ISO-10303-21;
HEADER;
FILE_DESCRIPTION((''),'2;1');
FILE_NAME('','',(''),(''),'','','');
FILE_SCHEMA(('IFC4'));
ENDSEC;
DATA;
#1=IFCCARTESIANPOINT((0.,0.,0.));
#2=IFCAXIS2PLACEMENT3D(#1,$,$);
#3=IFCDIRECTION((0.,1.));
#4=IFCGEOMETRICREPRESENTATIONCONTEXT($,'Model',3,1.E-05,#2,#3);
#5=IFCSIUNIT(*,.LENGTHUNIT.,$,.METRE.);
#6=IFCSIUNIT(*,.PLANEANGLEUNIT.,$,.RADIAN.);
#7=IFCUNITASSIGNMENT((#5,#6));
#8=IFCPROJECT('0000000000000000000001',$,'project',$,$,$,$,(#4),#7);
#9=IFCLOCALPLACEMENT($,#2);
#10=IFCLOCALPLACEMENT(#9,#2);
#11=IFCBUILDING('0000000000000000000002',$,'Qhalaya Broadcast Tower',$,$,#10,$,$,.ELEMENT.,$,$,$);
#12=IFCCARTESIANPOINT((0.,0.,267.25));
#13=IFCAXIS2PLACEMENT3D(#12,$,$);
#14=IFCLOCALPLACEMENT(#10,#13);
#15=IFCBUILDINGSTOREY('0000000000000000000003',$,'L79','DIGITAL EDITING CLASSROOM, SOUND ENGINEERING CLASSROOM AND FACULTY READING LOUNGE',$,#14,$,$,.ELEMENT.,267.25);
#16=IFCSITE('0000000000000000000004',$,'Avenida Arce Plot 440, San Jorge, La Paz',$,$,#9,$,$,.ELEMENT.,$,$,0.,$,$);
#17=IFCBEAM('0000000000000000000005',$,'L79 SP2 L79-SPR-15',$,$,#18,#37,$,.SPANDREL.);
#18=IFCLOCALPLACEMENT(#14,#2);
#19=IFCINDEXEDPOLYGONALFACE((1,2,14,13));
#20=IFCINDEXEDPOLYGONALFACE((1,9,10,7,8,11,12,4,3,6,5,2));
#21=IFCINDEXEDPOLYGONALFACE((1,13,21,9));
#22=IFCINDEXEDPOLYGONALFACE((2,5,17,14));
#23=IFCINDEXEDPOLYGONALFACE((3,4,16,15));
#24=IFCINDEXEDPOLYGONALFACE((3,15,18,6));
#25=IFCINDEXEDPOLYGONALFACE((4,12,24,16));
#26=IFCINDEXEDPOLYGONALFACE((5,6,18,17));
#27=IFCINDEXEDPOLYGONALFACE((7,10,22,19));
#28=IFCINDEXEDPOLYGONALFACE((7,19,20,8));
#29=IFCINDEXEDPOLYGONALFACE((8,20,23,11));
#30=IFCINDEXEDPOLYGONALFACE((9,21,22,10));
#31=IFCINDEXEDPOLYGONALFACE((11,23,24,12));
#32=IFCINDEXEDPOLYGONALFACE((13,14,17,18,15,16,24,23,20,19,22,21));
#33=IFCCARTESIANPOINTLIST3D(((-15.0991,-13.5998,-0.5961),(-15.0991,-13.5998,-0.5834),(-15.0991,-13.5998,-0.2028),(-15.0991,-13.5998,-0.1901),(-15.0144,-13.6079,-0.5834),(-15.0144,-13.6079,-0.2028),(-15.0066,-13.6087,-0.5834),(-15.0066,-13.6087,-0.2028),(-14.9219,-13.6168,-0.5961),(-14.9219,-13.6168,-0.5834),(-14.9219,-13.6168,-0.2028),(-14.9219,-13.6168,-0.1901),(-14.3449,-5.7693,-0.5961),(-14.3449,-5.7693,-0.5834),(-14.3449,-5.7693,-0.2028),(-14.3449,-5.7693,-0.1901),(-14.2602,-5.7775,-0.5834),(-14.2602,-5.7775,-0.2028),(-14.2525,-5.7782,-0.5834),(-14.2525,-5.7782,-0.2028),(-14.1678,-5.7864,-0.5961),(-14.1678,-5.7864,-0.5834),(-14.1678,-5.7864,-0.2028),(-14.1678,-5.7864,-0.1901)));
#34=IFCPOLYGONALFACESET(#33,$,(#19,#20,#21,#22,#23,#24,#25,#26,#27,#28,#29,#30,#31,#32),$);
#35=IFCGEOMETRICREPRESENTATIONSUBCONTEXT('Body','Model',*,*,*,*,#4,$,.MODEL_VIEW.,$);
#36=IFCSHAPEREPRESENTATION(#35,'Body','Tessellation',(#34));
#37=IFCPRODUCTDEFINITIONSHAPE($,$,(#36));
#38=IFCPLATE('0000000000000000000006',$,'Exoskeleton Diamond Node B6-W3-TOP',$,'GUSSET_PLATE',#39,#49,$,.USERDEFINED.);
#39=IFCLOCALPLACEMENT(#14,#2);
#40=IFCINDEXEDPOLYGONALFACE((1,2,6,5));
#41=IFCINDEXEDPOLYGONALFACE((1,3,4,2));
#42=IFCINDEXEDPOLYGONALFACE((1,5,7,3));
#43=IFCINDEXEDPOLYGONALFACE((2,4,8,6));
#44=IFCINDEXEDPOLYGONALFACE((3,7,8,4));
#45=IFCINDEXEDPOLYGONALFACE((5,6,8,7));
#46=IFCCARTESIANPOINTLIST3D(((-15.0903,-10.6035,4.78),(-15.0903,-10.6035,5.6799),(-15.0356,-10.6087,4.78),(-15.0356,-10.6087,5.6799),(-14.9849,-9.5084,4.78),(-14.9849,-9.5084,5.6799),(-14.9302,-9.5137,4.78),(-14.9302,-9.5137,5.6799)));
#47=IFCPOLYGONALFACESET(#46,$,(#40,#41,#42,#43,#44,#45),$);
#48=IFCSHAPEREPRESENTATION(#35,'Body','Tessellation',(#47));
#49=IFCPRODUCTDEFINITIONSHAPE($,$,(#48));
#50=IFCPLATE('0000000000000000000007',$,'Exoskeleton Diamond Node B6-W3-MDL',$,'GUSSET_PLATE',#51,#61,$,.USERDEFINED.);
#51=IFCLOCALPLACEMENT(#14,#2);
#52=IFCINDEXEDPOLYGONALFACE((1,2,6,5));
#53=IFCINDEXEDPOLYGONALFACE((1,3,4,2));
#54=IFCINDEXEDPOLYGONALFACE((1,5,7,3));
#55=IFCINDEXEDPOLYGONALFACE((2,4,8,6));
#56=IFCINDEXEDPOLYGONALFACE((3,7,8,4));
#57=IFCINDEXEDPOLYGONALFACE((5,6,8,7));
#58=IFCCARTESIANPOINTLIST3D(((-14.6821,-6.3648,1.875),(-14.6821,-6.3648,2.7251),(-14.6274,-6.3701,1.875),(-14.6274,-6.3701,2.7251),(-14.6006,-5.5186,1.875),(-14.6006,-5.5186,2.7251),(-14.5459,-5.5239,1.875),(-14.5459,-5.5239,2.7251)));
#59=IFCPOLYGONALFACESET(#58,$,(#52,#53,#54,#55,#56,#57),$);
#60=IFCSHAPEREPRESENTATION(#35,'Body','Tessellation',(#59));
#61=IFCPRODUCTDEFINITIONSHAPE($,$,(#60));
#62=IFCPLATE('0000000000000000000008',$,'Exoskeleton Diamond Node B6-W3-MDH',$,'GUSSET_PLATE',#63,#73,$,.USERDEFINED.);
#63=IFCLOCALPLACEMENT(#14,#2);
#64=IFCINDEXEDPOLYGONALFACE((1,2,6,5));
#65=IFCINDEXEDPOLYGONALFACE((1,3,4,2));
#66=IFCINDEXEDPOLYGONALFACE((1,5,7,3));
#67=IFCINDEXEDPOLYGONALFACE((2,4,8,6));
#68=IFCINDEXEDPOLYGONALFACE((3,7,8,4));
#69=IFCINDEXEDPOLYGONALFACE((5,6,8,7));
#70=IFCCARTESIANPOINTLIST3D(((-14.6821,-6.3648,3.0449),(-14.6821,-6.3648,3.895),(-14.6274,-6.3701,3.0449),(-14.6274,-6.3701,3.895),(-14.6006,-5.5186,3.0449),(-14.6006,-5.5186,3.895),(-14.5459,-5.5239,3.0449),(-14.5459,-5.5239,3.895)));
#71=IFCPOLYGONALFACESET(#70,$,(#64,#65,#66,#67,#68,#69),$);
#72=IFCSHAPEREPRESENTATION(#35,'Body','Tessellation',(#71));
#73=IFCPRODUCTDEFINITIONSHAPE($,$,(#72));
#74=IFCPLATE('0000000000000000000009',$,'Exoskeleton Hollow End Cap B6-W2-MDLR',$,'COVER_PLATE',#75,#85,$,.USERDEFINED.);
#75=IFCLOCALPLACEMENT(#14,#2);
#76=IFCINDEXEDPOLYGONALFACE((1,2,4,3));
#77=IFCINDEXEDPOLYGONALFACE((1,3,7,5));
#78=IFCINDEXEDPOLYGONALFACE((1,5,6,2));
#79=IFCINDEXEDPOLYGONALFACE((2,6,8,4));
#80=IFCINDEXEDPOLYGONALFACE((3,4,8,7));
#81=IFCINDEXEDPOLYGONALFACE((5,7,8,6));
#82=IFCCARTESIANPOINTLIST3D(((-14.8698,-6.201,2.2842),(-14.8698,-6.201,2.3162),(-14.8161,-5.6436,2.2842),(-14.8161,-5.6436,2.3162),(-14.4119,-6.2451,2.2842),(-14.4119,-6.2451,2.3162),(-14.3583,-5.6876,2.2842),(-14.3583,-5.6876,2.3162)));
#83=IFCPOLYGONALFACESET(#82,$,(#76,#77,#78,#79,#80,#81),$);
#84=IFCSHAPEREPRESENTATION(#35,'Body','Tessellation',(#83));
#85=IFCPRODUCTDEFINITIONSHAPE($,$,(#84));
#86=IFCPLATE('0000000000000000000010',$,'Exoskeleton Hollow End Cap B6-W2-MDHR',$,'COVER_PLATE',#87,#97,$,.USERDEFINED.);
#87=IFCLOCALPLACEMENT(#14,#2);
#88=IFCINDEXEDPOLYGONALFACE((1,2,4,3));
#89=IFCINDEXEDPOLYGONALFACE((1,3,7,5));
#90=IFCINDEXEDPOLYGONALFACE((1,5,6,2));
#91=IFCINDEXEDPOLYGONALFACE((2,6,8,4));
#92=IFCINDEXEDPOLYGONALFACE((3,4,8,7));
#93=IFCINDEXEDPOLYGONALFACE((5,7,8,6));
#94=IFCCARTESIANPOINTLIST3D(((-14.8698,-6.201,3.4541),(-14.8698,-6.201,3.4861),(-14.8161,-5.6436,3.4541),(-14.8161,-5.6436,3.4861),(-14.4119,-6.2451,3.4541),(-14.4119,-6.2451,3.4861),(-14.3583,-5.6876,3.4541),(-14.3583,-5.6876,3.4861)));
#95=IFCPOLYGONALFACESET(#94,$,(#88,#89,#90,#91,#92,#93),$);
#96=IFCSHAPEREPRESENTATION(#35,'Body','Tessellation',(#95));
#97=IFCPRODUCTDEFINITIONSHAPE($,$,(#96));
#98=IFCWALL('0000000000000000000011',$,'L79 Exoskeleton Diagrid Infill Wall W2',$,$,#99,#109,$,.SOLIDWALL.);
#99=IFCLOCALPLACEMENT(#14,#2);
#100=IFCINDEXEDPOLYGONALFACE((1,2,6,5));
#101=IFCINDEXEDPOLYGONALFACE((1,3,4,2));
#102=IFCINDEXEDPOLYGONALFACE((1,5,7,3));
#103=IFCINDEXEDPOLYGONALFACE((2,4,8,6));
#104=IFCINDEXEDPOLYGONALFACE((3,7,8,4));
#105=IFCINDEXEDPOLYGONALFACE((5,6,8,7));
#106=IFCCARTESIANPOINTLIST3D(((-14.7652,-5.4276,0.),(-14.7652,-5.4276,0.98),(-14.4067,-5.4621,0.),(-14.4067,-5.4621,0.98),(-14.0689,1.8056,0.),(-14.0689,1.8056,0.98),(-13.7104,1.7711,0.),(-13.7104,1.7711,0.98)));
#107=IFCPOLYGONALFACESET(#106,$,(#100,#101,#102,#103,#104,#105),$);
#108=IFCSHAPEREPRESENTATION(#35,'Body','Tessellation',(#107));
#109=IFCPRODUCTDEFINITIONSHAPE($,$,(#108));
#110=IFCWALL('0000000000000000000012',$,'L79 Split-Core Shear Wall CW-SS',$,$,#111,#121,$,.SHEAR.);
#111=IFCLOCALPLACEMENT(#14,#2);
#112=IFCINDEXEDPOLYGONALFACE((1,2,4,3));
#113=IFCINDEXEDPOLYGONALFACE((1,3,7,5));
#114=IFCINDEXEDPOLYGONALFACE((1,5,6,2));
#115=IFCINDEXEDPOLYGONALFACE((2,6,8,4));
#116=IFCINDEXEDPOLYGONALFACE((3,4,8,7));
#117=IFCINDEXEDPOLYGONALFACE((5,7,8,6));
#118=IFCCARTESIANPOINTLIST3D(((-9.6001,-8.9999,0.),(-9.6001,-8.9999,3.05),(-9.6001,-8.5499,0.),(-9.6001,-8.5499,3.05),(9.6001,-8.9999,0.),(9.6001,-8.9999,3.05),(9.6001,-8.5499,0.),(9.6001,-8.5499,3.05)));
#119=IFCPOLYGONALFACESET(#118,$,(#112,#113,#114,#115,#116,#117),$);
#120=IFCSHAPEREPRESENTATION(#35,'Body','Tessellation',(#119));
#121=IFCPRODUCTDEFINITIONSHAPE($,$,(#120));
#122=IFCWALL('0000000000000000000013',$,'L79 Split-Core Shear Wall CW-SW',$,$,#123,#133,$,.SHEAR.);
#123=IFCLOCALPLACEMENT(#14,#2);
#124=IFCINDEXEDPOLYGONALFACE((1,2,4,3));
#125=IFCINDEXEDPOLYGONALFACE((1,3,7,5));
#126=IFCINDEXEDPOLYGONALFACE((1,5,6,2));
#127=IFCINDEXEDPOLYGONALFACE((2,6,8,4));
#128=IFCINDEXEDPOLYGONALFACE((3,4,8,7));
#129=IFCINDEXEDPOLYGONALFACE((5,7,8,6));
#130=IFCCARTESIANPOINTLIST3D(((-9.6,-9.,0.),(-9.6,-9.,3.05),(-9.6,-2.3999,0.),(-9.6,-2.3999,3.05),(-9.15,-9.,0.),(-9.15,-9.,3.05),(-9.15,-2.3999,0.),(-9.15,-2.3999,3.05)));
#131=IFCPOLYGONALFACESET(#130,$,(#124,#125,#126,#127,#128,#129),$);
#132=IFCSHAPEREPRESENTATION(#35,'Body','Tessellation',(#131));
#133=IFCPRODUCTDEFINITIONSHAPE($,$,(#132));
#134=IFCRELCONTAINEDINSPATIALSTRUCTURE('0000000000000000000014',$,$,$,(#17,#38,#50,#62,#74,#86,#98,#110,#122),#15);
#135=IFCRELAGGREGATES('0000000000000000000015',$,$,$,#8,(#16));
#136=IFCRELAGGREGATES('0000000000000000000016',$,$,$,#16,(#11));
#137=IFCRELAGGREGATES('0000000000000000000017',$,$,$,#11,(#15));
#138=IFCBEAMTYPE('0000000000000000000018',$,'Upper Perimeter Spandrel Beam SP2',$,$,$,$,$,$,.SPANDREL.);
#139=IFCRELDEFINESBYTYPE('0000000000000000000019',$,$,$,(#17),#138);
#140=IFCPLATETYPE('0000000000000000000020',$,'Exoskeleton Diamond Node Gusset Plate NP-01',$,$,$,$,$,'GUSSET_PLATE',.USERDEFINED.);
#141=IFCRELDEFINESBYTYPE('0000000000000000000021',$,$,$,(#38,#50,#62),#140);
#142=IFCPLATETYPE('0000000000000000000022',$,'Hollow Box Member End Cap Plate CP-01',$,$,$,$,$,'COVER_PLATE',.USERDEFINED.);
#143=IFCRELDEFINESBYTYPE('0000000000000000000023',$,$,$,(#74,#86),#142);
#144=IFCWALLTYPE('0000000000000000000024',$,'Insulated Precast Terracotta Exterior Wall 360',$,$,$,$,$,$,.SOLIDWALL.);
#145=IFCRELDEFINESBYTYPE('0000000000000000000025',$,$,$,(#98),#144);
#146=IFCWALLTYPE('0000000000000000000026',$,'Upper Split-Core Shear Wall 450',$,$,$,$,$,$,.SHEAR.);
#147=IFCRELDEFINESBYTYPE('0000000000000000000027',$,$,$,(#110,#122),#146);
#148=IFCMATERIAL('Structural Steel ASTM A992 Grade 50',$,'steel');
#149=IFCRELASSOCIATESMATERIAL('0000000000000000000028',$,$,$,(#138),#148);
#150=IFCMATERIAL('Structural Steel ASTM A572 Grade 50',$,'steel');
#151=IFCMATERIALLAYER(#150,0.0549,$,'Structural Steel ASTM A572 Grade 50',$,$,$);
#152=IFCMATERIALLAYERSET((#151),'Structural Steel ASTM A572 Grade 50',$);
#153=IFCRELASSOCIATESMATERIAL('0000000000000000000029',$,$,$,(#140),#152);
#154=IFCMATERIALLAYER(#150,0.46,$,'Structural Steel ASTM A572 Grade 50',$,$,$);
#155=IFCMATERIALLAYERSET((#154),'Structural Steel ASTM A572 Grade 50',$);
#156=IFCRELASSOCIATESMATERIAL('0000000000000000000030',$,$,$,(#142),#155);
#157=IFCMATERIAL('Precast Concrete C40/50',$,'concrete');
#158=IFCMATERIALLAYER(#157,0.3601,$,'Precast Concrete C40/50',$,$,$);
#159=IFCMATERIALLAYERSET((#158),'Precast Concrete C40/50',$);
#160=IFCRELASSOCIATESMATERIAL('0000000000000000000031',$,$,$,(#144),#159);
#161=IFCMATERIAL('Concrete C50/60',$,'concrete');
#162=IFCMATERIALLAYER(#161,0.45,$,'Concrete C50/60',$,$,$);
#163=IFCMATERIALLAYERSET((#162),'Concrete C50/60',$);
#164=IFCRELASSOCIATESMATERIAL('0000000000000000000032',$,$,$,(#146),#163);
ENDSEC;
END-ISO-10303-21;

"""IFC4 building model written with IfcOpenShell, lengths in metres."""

from ifc_helpers import new_model, si_unit, direction, frame, frame_2d, origin, origin_2d, place, context, subcontext, project, spatial, rectangle, i_section, extrude, material, layer, layer_set, material_profile, profile_set, type_object, element, save


model = new_model("IFC4")

# Units and contexts
model_context = context("Model", 3, precision=1e-05, world=origin(), true_north=direction((0.0, 1.0)))
body_context = subcontext(model_context, "Body", "Model", "MODEL_VIEW")
ifc_project = project(units=[si_unit("LENGTHUNIT", "METRE"), si_unit("PLANEANGLEUNIT", "RADIAN")], contexts=[model_context])

# Site, building, storey
site_placement = place(None, origin())
site = spatial("IfcSite", under=ifc_project, at=site_placement, Name="Avenida Arce Plot 440, San Jorge, La Paz", CompositionType="ELEMENT", RefElevation=0.0)
building_placement = place(site_placement, origin())
building = spatial("IfcBuilding", under=site, at=building_placement, Name="Qhalaya Broadcast Tower", CompositionType="ELEMENT")
storey_placement = place(building_placement, frame((0.0, 0.0, 267.25)))
storey = spatial("IfcBuildingStorey", under=building, at=storey_placement, Name="L79", Description="DIGITAL EDITING CLASSROOM, SOUND ENGINEERING CLASSROOM AND FACULTY READING LOUNGE", CompositionType="ELEMENT", Elevation=267.25)

# Shared definitions
ifc_material_1 = material(Name="Concrete C50/60", Category="concrete")
ifc_material_2 = material(Name="Structural Steel ASTM A572 Grade 50", Category="steel")

# Shared definitions
ifc_material_3 = material(Name="Structural Steel ASTM A992 Grade 50", Category="steel")

# Beam
ifc_material_profile_1 = material_profile(ifc_material_3, i_section(OverallWidth=0.178, OverallDepth=0.406, WebThickness=0.0078, FlangeThickness=0.0127, at=origin_2d()), Name="W16X40")
ifc_profile_set_1 = profile_set([ifc_material_profile_1], Name="Structural Steel ASTM A992 Grade 50")
beam_type_1 = type_object("IfcBeamType", Name="Upper Perimeter Spandrel Beam SP2", PredefinedType="SPANDREL", material=ifc_profile_set_1)
beam_1_placement = place(storey_placement, frame((-14.2563, -5.7778, -0.3931), z_axis=(-0.095865, -0.995394, 0.0), x_axis=(0.995394, -0.095865, 0.0)))
element("IfcBeam", 1, at=beam_1_placement, inside=storey, type_object=beam_type_1, Name="L79 SP2 L79-SPR-15", PredefinedType="SPANDREL", context=body_context, shape_type="SweptSolid", body=[
    extrude(i_section(OverallWidth=0.178, OverallDepth=0.406, WebThickness=0.0078, FlangeThickness=0.0127, at=origin_2d()), origin(), (0.0, 0.0, 1.0), 7.8667),
])

# Plates
ifc_layer_1 = layer(ifc_material_2, 0.0549, Name="Structural Steel ASTM A572 Grade 50")
ifc_layer_set_1 = layer_set([ifc_layer_1], Name="Structural Steel ASTM A572 Grade 50")
plate_type_1 = type_object("IfcPlateType", Name="Exoskeleton Diamond Node Gusset Plate NP-01", ElementType="GUSSET_PLATE", PredefinedType="USERDEFINED", material=ifc_layer_set_1)
plate_placement = place(storey_placement, frame((-15.0103, -10.0586, 4.78), z_axis=(0.0, 0.0, 1.0), x_axis=(0.095846, 0.995396, 0.0)))
element("IfcPlate", 2, at=plate_placement, inside=storey, type_object=plate_type_1, Name="Exoskeleton Diamond Node B6-W3-TOP", ObjectType="GUSSET_PLATE", PredefinedType="USERDEFINED", context=body_context, shape_type="SweptSolid", body=[
    extrude(rectangle(XDim=1.1001, YDim=0.0549, at=origin_2d()), origin(), (0.0, 0.0, 1.0), 0.8999),
])
for number, where, z_axis, x_axis, name in (
    (3, (-14.614, -5.9443, 1.875), (0.0, 0.0, 1.0), (0.095846, 0.995396, 0.0), "Exoskeleton Diamond Node B6-W3-MDL"),
    (4, (-14.614, -5.9443, 3.0449), (0.0, 0.0, 1.0), (0.095846, 0.995396, 0.0), "Exoskeleton Diamond Node B6-W3-MDH"),
):
    element("IfcPlate", number, at=place(storey_placement, frame(where, z_axis=z_axis, x_axis=x_axis)), inside=storey, type_object=plate_type_1, Name=name, ObjectType="GUSSET_PLATE", PredefinedType="USERDEFINED", context=body_context, shape_type="SweptSolid", body=[
        extrude(rectangle(XDim=0.8501, YDim=0.0549, at=origin_2d()), origin(), (0.0, 0.0, 1.0), 0.8501),
    ])
ifc_layer_2 = layer(ifc_material_2, 0.46, Name="Structural Steel ASTM A572 Grade 50")
ifc_layer_set_2 = layer_set([ifc_layer_2], Name="Structural Steel ASTM A572 Grade 50")
plate_type_2 = type_object("IfcPlateType", Name="Hollow Box Member End Cap Plate CP-01", ElementType="COVER_PLATE", PredefinedType="USERDEFINED", material=ifc_layer_set_2)
for number, where, z_axis, x_axis, name in (
    (5, (-14.614, -5.9443, 2.2842), (0.0, 0.0, 1.0), (0.095846, 0.995396, 0.0), "Exoskeleton Hollow End Cap B6-W2-MDLR"),
    (6, (-14.614, -5.9443, 3.4541), (0.0, 0.0, 1.0), (0.095846, 0.995396, 0.0), "Exoskeleton Hollow End Cap B6-W2-MDHR"),
):
    element("IfcPlate", number, at=place(storey_placement, frame(where, z_axis=z_axis, x_axis=x_axis)), inside=storey, type_object=plate_type_2, Name=name, ObjectType="COVER_PLATE", PredefinedType="USERDEFINED", context=body_context, shape_type="SweptSolid", body=[
        extrude(rectangle(XDim=0.5601, YDim=0.46, at=origin_2d()), origin(), (0.0, 0.0, 1.0), 0.032),
    ])

# Walls
ifc_material_4 = material(Name="Precast Concrete C40/50", Category="concrete")
ifc_layer_3 = layer(ifc_material_4, 0.3601, Name="Precast Concrete C40/50")
ifc_layer_set_3 = layer_set([ifc_layer_3], Name="Precast Concrete C40/50")
wall_type_1 = type_object("IfcWallType", Name="Insulated Precast Terracotta Exterior Wall 360", PredefinedType="SOLIDWALL", material=ifc_layer_set_3)
wall_1_placement = place(storey_placement, frame((-14.5859, -5.4448, 0.0), z_axis=(0.0, 0.0, 1.0), x_axis=(0.095821, 0.995399, 0.0)))
element("IfcWall", 7, at=wall_1_placement, inside=storey, type_object=wall_type_1, Name="L79 Exoskeleton Diagrid Infill Wall W2", PredefinedType="SOLIDWALL", context=body_context, shape_type="SweptSolid", body=[
    extrude(rectangle(XDim=7.2666, YDim=0.3601, at=frame_2d((3.6333, 0.0))), origin(), (0.0, 0.0, 1.0), 0.98),
])
ifc_layer_4 = layer(ifc_material_1, 0.45, Name="Concrete C50/60")
ifc_layer_set_4 = layer_set([ifc_layer_4], Name="Concrete C50/60")
wall_type_2 = type_object("IfcWallType", Name="Upper Split-Core Shear Wall 450", PredefinedType="SHEAR", material=ifc_layer_set_4)
wall_2_placement = place(storey_placement, frame((-9.6001, -8.7749, 0.0), z_axis=(0.0, 0.0, 1.0), x_axis=(1.0, 0.0, 0.0)))
element("IfcWall", 8, at=wall_2_placement, inside=storey, type_object=wall_type_2, Name="L79 Split-Core Shear Wall CW-SS", PredefinedType="SHEAR", context=body_context, shape_type="SweptSolid", body=[
    extrude(rectangle(XDim=19.2002, YDim=0.45, at=frame_2d((9.6001, 0.0))), origin(), (0.0, 0.0, 1.0), 3.05),
])

# Wall
wall_3_placement = place(storey_placement, frame((-9.375, -9.0, 0.0), z_axis=(0.0, 0.0, 1.0), x_axis=(0.0, 1.0, 0.0)))
element("IfcWall", 9, at=wall_3_placement, inside=storey, type_object=wall_type_2, Name="L79 Split-Core Shear Wall CW-SW", PredefinedType="SHEAR", context=body_context, shape_type="SweptSolid", body=[
    extrude(rectangle(XDim=6.6001, YDim=0.45, at=frame_2d((3.3, 0.0))), origin(), (0.0, 0.0, 1.0), 3.05),
])

save(model, "model.ifc")
